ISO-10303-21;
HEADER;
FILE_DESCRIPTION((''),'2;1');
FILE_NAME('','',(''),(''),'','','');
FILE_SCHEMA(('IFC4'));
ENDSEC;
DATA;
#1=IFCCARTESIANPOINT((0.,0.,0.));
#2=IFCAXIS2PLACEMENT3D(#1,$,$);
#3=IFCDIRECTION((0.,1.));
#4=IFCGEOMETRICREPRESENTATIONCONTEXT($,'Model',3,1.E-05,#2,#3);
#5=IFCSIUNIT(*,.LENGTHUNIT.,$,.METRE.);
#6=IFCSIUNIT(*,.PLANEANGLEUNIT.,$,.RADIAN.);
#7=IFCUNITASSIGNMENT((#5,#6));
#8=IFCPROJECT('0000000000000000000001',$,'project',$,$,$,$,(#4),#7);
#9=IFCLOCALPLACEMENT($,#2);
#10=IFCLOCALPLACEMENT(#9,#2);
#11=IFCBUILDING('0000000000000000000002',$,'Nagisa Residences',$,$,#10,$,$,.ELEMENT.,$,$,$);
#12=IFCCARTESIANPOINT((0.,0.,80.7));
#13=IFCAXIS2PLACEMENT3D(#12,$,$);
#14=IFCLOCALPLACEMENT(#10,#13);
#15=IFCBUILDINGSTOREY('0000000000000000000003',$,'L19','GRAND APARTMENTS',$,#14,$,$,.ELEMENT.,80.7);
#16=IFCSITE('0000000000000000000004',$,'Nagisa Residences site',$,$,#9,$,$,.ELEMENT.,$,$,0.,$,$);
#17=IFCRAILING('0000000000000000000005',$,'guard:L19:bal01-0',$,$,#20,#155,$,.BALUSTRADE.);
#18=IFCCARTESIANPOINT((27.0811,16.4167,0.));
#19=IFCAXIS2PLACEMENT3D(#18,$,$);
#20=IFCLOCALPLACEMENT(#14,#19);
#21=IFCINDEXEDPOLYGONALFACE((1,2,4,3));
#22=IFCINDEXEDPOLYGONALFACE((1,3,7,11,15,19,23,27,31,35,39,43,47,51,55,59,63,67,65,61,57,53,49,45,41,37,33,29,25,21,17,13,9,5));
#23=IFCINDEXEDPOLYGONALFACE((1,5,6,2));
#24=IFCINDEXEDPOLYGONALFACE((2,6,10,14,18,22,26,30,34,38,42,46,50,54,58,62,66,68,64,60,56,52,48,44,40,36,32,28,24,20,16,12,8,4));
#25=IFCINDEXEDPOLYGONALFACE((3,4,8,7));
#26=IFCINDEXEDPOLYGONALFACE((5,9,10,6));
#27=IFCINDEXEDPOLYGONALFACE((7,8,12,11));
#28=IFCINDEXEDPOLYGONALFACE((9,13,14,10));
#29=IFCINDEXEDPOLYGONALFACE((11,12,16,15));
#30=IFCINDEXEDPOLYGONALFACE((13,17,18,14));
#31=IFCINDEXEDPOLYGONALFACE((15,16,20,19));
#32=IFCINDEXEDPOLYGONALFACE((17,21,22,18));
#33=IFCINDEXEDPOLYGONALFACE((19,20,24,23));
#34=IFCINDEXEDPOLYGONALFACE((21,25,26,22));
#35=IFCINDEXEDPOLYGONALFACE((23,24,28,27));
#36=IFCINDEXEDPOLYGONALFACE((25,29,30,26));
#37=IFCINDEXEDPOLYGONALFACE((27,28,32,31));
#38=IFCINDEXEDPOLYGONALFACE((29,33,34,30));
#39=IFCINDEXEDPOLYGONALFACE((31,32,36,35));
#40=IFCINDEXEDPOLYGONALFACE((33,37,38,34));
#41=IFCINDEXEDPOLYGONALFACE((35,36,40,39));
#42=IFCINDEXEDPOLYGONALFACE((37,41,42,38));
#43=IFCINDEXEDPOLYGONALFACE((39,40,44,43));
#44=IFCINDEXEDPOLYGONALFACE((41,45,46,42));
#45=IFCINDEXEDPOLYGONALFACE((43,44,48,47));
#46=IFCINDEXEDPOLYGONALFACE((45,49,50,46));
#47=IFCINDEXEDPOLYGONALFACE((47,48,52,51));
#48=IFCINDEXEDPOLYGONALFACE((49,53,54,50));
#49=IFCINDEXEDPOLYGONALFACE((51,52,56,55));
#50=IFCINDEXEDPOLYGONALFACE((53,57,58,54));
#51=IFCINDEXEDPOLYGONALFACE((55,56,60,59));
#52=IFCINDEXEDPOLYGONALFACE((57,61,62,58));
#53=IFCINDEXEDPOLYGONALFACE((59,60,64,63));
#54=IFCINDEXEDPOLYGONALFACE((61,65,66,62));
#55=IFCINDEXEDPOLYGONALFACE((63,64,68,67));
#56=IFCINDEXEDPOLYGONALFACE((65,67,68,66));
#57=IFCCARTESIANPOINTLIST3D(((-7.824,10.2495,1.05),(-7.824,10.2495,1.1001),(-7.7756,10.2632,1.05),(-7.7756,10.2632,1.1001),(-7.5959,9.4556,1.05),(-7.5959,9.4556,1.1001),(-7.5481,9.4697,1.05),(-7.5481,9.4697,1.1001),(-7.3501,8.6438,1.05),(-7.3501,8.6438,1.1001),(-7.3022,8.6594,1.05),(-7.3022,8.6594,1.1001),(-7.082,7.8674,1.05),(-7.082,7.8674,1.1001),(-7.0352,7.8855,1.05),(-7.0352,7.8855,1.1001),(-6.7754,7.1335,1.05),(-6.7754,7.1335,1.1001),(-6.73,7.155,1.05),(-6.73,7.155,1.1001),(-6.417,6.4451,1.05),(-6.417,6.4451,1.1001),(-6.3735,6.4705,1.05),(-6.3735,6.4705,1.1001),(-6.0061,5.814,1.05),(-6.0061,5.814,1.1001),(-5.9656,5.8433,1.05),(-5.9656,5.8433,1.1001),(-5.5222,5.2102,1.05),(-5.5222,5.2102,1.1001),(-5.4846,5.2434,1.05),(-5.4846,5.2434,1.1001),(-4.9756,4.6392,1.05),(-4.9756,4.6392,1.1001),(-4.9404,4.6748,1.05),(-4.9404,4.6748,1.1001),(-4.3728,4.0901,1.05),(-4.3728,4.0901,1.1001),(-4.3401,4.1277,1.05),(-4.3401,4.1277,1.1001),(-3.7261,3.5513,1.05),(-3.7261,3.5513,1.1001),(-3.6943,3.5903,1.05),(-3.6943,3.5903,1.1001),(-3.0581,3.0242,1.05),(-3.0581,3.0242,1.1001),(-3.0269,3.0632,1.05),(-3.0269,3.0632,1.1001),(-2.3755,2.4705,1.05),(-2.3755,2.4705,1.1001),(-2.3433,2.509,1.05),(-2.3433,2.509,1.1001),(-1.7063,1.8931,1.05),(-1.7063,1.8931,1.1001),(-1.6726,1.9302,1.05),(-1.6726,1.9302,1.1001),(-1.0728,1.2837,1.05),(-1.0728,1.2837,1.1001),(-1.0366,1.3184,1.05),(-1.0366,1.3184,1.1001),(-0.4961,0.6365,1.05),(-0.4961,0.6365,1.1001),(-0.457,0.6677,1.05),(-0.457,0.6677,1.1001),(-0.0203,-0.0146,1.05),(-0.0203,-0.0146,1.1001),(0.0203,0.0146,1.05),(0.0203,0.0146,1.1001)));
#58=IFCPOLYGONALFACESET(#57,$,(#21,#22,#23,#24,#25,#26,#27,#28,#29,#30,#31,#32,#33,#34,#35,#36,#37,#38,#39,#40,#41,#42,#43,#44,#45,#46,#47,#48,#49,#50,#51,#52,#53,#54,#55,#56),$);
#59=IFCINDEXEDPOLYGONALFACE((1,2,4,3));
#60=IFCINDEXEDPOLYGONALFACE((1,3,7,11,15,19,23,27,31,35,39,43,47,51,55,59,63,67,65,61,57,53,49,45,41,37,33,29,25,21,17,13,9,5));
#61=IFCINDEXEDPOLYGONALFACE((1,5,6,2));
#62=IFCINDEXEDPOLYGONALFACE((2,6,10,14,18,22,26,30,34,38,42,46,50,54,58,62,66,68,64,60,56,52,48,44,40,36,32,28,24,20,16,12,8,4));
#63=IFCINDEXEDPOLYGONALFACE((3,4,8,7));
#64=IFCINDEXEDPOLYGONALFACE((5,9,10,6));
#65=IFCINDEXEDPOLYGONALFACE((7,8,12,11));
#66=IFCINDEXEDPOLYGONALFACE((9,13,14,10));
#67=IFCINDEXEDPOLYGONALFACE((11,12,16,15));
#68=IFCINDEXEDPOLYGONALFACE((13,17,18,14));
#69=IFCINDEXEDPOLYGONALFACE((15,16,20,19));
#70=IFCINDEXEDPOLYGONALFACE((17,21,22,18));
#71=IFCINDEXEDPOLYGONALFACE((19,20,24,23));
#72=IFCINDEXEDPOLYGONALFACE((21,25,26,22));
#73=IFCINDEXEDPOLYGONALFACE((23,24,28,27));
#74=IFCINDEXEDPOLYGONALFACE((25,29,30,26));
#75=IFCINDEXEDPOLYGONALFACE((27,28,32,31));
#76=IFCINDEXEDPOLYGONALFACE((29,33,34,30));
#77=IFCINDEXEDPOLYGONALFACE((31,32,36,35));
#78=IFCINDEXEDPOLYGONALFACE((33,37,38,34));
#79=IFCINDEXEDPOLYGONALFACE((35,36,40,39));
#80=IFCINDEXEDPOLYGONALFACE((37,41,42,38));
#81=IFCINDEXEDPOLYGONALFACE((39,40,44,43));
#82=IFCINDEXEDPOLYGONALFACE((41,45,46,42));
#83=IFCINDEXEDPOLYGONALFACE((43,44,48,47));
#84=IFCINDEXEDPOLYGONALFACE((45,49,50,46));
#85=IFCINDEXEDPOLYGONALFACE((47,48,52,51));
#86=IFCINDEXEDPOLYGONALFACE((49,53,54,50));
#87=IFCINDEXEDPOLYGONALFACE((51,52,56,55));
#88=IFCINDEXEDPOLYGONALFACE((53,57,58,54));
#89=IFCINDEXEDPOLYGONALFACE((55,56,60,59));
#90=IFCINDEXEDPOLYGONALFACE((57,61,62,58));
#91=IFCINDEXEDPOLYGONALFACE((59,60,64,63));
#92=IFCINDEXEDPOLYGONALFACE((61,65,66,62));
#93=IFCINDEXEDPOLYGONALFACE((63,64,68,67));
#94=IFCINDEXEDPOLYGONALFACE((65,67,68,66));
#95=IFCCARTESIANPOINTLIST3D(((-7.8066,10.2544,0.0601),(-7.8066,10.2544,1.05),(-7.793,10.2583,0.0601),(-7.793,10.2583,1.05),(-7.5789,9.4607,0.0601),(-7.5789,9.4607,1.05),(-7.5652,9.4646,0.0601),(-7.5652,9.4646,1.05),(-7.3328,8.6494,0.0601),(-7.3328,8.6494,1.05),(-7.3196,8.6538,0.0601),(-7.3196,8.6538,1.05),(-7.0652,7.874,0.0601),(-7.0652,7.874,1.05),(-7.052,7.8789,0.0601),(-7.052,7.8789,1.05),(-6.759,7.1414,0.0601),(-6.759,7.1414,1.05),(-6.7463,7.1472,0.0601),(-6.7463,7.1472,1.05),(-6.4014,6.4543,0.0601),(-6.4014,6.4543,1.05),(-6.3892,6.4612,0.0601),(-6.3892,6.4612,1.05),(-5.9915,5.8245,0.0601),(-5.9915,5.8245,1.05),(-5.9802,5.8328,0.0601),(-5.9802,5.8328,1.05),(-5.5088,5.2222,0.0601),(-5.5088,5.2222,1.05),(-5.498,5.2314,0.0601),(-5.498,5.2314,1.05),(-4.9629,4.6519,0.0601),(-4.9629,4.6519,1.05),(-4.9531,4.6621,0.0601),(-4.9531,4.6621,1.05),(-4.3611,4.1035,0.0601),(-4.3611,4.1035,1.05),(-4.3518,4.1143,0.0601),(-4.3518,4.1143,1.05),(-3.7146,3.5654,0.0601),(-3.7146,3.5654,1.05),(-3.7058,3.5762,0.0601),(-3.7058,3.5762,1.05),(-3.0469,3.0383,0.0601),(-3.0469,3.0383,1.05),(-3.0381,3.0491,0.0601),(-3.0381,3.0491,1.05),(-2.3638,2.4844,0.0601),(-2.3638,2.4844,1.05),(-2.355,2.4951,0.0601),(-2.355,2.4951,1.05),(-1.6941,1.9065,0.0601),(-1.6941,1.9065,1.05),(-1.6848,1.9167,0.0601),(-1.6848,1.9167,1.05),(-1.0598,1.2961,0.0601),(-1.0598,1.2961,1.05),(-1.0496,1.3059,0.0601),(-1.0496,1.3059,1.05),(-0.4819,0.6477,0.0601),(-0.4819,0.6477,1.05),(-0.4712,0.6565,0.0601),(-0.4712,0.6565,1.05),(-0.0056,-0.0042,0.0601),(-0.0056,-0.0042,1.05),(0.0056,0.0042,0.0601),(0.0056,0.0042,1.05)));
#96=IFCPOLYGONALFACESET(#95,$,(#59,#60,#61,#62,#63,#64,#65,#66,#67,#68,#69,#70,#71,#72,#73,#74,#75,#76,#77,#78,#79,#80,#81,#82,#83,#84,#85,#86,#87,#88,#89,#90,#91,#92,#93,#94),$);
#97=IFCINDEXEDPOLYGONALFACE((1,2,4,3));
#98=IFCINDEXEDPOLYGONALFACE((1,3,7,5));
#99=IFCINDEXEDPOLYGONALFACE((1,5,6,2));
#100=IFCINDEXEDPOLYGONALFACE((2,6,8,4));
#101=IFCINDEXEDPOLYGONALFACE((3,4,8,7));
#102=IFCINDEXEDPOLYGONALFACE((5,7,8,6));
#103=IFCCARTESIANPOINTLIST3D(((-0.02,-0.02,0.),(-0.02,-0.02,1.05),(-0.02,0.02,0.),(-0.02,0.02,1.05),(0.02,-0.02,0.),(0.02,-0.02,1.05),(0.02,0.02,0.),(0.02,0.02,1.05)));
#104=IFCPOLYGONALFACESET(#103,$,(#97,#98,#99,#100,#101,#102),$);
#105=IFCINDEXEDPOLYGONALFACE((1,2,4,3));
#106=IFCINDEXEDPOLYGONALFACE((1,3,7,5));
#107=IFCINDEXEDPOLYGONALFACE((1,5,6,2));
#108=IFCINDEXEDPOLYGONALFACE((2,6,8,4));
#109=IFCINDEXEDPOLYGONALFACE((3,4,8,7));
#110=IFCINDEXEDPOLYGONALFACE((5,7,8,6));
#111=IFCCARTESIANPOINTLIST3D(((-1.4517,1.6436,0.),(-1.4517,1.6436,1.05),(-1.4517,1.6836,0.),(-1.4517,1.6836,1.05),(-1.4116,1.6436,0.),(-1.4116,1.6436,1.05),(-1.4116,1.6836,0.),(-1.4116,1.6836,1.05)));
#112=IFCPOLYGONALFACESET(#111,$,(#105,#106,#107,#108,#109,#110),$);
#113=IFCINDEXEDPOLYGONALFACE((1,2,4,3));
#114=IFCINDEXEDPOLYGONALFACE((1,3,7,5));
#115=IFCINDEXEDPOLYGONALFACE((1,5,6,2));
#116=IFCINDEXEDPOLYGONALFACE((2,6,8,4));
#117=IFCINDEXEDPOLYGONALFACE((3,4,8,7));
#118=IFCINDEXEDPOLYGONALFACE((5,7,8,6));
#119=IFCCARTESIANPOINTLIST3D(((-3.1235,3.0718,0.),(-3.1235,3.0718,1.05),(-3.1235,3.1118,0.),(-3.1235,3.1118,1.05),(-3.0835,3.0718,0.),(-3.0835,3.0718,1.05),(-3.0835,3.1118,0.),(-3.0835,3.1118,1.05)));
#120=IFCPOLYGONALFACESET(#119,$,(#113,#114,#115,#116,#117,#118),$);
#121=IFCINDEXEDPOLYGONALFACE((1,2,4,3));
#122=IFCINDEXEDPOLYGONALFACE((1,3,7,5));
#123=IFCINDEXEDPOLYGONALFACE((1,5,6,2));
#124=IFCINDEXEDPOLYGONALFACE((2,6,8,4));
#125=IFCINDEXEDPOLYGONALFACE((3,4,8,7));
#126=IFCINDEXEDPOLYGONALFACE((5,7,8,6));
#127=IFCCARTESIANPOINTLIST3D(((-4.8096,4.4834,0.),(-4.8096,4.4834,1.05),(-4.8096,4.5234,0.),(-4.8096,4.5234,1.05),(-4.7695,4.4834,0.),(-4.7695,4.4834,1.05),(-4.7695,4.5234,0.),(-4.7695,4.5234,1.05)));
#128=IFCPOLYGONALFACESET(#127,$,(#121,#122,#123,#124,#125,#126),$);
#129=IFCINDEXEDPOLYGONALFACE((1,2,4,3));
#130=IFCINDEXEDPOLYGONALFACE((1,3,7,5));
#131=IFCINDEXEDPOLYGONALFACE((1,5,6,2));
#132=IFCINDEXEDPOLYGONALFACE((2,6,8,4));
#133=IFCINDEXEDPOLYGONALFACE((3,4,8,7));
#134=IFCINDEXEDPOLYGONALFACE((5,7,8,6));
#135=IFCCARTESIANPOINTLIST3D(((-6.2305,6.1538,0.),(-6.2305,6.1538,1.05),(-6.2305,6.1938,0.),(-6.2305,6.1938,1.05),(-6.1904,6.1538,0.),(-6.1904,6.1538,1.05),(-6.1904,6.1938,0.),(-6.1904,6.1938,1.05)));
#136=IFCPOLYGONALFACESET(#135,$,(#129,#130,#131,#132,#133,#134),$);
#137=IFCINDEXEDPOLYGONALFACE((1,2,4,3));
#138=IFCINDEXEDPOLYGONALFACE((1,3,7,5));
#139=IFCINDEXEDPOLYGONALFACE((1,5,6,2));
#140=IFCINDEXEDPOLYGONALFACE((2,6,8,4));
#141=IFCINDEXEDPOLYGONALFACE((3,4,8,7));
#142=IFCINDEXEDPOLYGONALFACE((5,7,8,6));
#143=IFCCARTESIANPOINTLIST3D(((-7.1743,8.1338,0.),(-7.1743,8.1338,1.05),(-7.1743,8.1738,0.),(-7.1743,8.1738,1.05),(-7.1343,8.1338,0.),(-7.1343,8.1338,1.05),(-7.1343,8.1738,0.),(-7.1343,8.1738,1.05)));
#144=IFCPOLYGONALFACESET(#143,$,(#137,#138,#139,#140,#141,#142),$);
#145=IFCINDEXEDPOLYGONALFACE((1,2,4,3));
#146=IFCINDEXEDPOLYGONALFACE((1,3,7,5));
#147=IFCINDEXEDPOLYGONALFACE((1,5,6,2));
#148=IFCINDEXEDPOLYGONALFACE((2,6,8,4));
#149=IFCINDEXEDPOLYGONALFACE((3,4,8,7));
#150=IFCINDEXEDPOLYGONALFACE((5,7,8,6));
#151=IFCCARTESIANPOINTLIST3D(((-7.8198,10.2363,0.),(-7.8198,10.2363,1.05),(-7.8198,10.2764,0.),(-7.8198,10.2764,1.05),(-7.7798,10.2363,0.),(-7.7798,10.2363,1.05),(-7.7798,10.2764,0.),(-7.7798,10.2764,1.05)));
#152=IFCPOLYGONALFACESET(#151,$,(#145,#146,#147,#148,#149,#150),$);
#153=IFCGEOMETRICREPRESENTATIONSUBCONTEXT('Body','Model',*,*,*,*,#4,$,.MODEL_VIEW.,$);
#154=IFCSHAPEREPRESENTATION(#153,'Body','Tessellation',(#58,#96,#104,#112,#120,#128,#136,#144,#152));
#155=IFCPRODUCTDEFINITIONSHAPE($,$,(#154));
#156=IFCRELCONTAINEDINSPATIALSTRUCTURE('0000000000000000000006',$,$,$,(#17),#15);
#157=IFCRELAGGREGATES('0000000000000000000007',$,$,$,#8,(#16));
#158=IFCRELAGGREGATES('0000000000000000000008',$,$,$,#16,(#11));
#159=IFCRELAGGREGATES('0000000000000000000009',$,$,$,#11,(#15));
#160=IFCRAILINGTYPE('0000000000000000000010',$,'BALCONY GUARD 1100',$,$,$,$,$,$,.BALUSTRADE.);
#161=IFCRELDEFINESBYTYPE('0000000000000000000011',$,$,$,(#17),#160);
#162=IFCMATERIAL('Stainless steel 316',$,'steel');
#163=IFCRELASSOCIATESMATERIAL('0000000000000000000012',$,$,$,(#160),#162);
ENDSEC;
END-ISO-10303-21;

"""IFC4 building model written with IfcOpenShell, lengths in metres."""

from ifc_helpers import new_model, si_unit, direction, frame, origin, origin_2d, place, context, subcontext, project, spatial, polyline, rectangle, outline, extrude, material, type_object, element, save


model = new_model("IFC4")

# Units and contexts
model_context = context("Model", 3, precision=1e-05, world=origin(), true_north=direction((0.0, 1.0)))
body_context = subcontext(model_context, "Body", "Model", "MODEL_VIEW")
ifc_project = project(units=[si_unit("LENGTHUNIT", "METRE"), si_unit("PLANEANGLEUNIT", "RADIAN")], contexts=[model_context])

# Site, building, storey
site_placement = place(None, origin())
site = spatial("IfcSite", under=ifc_project, at=site_placement, Name="Nagisa Residences site", CompositionType="ELEMENT", RefElevation=0.0)
building_placement = place(site_placement, origin())
building = spatial("IfcBuilding", under=site, at=building_placement, Name="Nagisa Residences", CompositionType="ELEMENT")
storey_placement = place(building_placement, frame((0.0, 0.0, 80.7)))
storey = spatial("IfcBuildingStorey", under=building, at=storey_placement, Name="L19", Description="GRAND APARTMENTS", CompositionType="ELEMENT", Elevation=80.7)

# Railing
ifc_material_1 = material(Name="Stainless steel 316", Category="steel")
railing_type = type_object("IfcRailingType", Name="BALCONY GUARD 1100", PredefinedType="BALUSTRADE", material=ifc_material_1)
railing_1_placement = place(storey_placement, frame((27.0811, 16.4167, 0.0)))
element("IfcRailing", 1, at=railing_1_placement, inside=storey, type_object=railing_type, Name="guard:L19:bal01-0", PredefinedType="BALUSTRADE", context=body_context, shape_type="SweptSolid", body=[
    extrude(outline(polyline([(-0.4961, 0.6365), (-0.0203, -0.0146), (0.0203, 0.0146), (-0.457, 0.6677), (-1.0366, 1.3184), (-1.6726, 1.9302), (-2.3433, 2.509), (-3.0269, 3.0632), (-3.6943, 3.5903), (-4.3401, 4.1277), (-4.9404, 4.6748), (-5.4846, 5.2434), (-5.9656, 5.8433), (-6.3735, 6.4705), (-6.73, 7.155), (-7.0352, 7.8855), (-7.3022, 8.6594), (-7.5481, 9.4697), (-7.7756, 10.2632), (-7.824, 10.2495), (-7.5959, 9.4556), (-7.3501, 8.6438), (-7.082, 7.8674), (-6.7754, 7.1335), (-6.417, 6.4451), (-6.0061, 5.814), (-5.5222, 5.2102), (-4.9756, 4.6392), (-4.3728, 4.0901), (-3.7261, 3.5513), (-3.0581, 3.0242), (-2.3755, 2.4705), (-1.7063, 1.8931), (-1.0728, 1.2837), (-0.4961, 0.6365)])), frame((0.0, 0.0, 1.05)), (0.0, 0.0, 1.0), 0.05),
    extrude(outline(polyline([(-0.4819, 0.6477), (-0.0056, -0.0042), (0.0056, 0.0042), (-0.4712, 0.6565), (-1.0496, 1.3059), (-1.6848, 1.9167), (-2.355, 2.4951), (-3.0381, 3.0491), (-3.7058, 3.5762), (-4.3518, 4.1143), (-4.9531, 4.6621), (-5.498, 5.2314), (-5.9802, 5.8328), (-6.3892, 6.4612), (-6.7463, 7.1472), (-7.052, 7.8789), (-7.3196, 8.6538), (-7.5652, 9.4646), (-7.793, 10.2583), (-7.8066, 10.2544), (-7.5789, 9.4607), (-7.3328, 8.6494), (-7.0652, 7.874), (-6.759, 7.1414), (-6.4014, 6.4543), (-5.9915, 5.8245), (-5.5088, 5.2222), (-4.9629, 4.6519), (-4.3611, 4.1035), (-3.7146, 3.5654), (-3.0469, 3.0383), (-2.3638, 2.4844), (-1.6941, 1.9065), (-1.0598, 1.2961), (-0.4819, 0.6477)])), frame((0.0, 0.0, 0.0601)), (0.0, 0.0, 1.0), 0.99),
    extrude(rectangle(XDim=0.04, YDim=0.04, at=origin_2d()), origin(), (0.0, 0.0, 1.0), 1.05),
    extrude(rectangle(XDim=0.04, YDim=0.04, at=origin_2d()), frame((-1.4316, 1.6636, 0.0)), (0.0, 0.0, 1.0), 1.05),
    extrude(rectangle(XDim=0.04, YDim=0.04, at=origin_2d()), frame((-3.1035, 3.0918, 0.0)), (0.0, 0.0, 1.0), 1.05),
    extrude(rectangle(XDim=0.04, YDim=0.04, at=origin_2d()), frame((-4.7896, 4.5034, 0.0)), (0.0, 0.0, 1.0), 1.05),
    extrude(rectangle(XDim=0.04, YDim=0.04, at=origin_2d()), frame((-6.2104, 6.1738, 0.0)), (0.0, 0.0, 1.0), 1.05),
    extrude(rectangle(XDim=0.04, YDim=0.04, at=origin_2d()), frame((-7.1543, 8.1538, 0.0)), (0.0, 0.0, 1.0), 1.05),
    extrude(rectangle(XDim=0.04, YDim=0.04, at=origin_2d()), frame((-7.7998, 10.2563, 0.0)), (0.0, 0.0, 1.0), 1.05),
])

save(model, "model.ifc")
